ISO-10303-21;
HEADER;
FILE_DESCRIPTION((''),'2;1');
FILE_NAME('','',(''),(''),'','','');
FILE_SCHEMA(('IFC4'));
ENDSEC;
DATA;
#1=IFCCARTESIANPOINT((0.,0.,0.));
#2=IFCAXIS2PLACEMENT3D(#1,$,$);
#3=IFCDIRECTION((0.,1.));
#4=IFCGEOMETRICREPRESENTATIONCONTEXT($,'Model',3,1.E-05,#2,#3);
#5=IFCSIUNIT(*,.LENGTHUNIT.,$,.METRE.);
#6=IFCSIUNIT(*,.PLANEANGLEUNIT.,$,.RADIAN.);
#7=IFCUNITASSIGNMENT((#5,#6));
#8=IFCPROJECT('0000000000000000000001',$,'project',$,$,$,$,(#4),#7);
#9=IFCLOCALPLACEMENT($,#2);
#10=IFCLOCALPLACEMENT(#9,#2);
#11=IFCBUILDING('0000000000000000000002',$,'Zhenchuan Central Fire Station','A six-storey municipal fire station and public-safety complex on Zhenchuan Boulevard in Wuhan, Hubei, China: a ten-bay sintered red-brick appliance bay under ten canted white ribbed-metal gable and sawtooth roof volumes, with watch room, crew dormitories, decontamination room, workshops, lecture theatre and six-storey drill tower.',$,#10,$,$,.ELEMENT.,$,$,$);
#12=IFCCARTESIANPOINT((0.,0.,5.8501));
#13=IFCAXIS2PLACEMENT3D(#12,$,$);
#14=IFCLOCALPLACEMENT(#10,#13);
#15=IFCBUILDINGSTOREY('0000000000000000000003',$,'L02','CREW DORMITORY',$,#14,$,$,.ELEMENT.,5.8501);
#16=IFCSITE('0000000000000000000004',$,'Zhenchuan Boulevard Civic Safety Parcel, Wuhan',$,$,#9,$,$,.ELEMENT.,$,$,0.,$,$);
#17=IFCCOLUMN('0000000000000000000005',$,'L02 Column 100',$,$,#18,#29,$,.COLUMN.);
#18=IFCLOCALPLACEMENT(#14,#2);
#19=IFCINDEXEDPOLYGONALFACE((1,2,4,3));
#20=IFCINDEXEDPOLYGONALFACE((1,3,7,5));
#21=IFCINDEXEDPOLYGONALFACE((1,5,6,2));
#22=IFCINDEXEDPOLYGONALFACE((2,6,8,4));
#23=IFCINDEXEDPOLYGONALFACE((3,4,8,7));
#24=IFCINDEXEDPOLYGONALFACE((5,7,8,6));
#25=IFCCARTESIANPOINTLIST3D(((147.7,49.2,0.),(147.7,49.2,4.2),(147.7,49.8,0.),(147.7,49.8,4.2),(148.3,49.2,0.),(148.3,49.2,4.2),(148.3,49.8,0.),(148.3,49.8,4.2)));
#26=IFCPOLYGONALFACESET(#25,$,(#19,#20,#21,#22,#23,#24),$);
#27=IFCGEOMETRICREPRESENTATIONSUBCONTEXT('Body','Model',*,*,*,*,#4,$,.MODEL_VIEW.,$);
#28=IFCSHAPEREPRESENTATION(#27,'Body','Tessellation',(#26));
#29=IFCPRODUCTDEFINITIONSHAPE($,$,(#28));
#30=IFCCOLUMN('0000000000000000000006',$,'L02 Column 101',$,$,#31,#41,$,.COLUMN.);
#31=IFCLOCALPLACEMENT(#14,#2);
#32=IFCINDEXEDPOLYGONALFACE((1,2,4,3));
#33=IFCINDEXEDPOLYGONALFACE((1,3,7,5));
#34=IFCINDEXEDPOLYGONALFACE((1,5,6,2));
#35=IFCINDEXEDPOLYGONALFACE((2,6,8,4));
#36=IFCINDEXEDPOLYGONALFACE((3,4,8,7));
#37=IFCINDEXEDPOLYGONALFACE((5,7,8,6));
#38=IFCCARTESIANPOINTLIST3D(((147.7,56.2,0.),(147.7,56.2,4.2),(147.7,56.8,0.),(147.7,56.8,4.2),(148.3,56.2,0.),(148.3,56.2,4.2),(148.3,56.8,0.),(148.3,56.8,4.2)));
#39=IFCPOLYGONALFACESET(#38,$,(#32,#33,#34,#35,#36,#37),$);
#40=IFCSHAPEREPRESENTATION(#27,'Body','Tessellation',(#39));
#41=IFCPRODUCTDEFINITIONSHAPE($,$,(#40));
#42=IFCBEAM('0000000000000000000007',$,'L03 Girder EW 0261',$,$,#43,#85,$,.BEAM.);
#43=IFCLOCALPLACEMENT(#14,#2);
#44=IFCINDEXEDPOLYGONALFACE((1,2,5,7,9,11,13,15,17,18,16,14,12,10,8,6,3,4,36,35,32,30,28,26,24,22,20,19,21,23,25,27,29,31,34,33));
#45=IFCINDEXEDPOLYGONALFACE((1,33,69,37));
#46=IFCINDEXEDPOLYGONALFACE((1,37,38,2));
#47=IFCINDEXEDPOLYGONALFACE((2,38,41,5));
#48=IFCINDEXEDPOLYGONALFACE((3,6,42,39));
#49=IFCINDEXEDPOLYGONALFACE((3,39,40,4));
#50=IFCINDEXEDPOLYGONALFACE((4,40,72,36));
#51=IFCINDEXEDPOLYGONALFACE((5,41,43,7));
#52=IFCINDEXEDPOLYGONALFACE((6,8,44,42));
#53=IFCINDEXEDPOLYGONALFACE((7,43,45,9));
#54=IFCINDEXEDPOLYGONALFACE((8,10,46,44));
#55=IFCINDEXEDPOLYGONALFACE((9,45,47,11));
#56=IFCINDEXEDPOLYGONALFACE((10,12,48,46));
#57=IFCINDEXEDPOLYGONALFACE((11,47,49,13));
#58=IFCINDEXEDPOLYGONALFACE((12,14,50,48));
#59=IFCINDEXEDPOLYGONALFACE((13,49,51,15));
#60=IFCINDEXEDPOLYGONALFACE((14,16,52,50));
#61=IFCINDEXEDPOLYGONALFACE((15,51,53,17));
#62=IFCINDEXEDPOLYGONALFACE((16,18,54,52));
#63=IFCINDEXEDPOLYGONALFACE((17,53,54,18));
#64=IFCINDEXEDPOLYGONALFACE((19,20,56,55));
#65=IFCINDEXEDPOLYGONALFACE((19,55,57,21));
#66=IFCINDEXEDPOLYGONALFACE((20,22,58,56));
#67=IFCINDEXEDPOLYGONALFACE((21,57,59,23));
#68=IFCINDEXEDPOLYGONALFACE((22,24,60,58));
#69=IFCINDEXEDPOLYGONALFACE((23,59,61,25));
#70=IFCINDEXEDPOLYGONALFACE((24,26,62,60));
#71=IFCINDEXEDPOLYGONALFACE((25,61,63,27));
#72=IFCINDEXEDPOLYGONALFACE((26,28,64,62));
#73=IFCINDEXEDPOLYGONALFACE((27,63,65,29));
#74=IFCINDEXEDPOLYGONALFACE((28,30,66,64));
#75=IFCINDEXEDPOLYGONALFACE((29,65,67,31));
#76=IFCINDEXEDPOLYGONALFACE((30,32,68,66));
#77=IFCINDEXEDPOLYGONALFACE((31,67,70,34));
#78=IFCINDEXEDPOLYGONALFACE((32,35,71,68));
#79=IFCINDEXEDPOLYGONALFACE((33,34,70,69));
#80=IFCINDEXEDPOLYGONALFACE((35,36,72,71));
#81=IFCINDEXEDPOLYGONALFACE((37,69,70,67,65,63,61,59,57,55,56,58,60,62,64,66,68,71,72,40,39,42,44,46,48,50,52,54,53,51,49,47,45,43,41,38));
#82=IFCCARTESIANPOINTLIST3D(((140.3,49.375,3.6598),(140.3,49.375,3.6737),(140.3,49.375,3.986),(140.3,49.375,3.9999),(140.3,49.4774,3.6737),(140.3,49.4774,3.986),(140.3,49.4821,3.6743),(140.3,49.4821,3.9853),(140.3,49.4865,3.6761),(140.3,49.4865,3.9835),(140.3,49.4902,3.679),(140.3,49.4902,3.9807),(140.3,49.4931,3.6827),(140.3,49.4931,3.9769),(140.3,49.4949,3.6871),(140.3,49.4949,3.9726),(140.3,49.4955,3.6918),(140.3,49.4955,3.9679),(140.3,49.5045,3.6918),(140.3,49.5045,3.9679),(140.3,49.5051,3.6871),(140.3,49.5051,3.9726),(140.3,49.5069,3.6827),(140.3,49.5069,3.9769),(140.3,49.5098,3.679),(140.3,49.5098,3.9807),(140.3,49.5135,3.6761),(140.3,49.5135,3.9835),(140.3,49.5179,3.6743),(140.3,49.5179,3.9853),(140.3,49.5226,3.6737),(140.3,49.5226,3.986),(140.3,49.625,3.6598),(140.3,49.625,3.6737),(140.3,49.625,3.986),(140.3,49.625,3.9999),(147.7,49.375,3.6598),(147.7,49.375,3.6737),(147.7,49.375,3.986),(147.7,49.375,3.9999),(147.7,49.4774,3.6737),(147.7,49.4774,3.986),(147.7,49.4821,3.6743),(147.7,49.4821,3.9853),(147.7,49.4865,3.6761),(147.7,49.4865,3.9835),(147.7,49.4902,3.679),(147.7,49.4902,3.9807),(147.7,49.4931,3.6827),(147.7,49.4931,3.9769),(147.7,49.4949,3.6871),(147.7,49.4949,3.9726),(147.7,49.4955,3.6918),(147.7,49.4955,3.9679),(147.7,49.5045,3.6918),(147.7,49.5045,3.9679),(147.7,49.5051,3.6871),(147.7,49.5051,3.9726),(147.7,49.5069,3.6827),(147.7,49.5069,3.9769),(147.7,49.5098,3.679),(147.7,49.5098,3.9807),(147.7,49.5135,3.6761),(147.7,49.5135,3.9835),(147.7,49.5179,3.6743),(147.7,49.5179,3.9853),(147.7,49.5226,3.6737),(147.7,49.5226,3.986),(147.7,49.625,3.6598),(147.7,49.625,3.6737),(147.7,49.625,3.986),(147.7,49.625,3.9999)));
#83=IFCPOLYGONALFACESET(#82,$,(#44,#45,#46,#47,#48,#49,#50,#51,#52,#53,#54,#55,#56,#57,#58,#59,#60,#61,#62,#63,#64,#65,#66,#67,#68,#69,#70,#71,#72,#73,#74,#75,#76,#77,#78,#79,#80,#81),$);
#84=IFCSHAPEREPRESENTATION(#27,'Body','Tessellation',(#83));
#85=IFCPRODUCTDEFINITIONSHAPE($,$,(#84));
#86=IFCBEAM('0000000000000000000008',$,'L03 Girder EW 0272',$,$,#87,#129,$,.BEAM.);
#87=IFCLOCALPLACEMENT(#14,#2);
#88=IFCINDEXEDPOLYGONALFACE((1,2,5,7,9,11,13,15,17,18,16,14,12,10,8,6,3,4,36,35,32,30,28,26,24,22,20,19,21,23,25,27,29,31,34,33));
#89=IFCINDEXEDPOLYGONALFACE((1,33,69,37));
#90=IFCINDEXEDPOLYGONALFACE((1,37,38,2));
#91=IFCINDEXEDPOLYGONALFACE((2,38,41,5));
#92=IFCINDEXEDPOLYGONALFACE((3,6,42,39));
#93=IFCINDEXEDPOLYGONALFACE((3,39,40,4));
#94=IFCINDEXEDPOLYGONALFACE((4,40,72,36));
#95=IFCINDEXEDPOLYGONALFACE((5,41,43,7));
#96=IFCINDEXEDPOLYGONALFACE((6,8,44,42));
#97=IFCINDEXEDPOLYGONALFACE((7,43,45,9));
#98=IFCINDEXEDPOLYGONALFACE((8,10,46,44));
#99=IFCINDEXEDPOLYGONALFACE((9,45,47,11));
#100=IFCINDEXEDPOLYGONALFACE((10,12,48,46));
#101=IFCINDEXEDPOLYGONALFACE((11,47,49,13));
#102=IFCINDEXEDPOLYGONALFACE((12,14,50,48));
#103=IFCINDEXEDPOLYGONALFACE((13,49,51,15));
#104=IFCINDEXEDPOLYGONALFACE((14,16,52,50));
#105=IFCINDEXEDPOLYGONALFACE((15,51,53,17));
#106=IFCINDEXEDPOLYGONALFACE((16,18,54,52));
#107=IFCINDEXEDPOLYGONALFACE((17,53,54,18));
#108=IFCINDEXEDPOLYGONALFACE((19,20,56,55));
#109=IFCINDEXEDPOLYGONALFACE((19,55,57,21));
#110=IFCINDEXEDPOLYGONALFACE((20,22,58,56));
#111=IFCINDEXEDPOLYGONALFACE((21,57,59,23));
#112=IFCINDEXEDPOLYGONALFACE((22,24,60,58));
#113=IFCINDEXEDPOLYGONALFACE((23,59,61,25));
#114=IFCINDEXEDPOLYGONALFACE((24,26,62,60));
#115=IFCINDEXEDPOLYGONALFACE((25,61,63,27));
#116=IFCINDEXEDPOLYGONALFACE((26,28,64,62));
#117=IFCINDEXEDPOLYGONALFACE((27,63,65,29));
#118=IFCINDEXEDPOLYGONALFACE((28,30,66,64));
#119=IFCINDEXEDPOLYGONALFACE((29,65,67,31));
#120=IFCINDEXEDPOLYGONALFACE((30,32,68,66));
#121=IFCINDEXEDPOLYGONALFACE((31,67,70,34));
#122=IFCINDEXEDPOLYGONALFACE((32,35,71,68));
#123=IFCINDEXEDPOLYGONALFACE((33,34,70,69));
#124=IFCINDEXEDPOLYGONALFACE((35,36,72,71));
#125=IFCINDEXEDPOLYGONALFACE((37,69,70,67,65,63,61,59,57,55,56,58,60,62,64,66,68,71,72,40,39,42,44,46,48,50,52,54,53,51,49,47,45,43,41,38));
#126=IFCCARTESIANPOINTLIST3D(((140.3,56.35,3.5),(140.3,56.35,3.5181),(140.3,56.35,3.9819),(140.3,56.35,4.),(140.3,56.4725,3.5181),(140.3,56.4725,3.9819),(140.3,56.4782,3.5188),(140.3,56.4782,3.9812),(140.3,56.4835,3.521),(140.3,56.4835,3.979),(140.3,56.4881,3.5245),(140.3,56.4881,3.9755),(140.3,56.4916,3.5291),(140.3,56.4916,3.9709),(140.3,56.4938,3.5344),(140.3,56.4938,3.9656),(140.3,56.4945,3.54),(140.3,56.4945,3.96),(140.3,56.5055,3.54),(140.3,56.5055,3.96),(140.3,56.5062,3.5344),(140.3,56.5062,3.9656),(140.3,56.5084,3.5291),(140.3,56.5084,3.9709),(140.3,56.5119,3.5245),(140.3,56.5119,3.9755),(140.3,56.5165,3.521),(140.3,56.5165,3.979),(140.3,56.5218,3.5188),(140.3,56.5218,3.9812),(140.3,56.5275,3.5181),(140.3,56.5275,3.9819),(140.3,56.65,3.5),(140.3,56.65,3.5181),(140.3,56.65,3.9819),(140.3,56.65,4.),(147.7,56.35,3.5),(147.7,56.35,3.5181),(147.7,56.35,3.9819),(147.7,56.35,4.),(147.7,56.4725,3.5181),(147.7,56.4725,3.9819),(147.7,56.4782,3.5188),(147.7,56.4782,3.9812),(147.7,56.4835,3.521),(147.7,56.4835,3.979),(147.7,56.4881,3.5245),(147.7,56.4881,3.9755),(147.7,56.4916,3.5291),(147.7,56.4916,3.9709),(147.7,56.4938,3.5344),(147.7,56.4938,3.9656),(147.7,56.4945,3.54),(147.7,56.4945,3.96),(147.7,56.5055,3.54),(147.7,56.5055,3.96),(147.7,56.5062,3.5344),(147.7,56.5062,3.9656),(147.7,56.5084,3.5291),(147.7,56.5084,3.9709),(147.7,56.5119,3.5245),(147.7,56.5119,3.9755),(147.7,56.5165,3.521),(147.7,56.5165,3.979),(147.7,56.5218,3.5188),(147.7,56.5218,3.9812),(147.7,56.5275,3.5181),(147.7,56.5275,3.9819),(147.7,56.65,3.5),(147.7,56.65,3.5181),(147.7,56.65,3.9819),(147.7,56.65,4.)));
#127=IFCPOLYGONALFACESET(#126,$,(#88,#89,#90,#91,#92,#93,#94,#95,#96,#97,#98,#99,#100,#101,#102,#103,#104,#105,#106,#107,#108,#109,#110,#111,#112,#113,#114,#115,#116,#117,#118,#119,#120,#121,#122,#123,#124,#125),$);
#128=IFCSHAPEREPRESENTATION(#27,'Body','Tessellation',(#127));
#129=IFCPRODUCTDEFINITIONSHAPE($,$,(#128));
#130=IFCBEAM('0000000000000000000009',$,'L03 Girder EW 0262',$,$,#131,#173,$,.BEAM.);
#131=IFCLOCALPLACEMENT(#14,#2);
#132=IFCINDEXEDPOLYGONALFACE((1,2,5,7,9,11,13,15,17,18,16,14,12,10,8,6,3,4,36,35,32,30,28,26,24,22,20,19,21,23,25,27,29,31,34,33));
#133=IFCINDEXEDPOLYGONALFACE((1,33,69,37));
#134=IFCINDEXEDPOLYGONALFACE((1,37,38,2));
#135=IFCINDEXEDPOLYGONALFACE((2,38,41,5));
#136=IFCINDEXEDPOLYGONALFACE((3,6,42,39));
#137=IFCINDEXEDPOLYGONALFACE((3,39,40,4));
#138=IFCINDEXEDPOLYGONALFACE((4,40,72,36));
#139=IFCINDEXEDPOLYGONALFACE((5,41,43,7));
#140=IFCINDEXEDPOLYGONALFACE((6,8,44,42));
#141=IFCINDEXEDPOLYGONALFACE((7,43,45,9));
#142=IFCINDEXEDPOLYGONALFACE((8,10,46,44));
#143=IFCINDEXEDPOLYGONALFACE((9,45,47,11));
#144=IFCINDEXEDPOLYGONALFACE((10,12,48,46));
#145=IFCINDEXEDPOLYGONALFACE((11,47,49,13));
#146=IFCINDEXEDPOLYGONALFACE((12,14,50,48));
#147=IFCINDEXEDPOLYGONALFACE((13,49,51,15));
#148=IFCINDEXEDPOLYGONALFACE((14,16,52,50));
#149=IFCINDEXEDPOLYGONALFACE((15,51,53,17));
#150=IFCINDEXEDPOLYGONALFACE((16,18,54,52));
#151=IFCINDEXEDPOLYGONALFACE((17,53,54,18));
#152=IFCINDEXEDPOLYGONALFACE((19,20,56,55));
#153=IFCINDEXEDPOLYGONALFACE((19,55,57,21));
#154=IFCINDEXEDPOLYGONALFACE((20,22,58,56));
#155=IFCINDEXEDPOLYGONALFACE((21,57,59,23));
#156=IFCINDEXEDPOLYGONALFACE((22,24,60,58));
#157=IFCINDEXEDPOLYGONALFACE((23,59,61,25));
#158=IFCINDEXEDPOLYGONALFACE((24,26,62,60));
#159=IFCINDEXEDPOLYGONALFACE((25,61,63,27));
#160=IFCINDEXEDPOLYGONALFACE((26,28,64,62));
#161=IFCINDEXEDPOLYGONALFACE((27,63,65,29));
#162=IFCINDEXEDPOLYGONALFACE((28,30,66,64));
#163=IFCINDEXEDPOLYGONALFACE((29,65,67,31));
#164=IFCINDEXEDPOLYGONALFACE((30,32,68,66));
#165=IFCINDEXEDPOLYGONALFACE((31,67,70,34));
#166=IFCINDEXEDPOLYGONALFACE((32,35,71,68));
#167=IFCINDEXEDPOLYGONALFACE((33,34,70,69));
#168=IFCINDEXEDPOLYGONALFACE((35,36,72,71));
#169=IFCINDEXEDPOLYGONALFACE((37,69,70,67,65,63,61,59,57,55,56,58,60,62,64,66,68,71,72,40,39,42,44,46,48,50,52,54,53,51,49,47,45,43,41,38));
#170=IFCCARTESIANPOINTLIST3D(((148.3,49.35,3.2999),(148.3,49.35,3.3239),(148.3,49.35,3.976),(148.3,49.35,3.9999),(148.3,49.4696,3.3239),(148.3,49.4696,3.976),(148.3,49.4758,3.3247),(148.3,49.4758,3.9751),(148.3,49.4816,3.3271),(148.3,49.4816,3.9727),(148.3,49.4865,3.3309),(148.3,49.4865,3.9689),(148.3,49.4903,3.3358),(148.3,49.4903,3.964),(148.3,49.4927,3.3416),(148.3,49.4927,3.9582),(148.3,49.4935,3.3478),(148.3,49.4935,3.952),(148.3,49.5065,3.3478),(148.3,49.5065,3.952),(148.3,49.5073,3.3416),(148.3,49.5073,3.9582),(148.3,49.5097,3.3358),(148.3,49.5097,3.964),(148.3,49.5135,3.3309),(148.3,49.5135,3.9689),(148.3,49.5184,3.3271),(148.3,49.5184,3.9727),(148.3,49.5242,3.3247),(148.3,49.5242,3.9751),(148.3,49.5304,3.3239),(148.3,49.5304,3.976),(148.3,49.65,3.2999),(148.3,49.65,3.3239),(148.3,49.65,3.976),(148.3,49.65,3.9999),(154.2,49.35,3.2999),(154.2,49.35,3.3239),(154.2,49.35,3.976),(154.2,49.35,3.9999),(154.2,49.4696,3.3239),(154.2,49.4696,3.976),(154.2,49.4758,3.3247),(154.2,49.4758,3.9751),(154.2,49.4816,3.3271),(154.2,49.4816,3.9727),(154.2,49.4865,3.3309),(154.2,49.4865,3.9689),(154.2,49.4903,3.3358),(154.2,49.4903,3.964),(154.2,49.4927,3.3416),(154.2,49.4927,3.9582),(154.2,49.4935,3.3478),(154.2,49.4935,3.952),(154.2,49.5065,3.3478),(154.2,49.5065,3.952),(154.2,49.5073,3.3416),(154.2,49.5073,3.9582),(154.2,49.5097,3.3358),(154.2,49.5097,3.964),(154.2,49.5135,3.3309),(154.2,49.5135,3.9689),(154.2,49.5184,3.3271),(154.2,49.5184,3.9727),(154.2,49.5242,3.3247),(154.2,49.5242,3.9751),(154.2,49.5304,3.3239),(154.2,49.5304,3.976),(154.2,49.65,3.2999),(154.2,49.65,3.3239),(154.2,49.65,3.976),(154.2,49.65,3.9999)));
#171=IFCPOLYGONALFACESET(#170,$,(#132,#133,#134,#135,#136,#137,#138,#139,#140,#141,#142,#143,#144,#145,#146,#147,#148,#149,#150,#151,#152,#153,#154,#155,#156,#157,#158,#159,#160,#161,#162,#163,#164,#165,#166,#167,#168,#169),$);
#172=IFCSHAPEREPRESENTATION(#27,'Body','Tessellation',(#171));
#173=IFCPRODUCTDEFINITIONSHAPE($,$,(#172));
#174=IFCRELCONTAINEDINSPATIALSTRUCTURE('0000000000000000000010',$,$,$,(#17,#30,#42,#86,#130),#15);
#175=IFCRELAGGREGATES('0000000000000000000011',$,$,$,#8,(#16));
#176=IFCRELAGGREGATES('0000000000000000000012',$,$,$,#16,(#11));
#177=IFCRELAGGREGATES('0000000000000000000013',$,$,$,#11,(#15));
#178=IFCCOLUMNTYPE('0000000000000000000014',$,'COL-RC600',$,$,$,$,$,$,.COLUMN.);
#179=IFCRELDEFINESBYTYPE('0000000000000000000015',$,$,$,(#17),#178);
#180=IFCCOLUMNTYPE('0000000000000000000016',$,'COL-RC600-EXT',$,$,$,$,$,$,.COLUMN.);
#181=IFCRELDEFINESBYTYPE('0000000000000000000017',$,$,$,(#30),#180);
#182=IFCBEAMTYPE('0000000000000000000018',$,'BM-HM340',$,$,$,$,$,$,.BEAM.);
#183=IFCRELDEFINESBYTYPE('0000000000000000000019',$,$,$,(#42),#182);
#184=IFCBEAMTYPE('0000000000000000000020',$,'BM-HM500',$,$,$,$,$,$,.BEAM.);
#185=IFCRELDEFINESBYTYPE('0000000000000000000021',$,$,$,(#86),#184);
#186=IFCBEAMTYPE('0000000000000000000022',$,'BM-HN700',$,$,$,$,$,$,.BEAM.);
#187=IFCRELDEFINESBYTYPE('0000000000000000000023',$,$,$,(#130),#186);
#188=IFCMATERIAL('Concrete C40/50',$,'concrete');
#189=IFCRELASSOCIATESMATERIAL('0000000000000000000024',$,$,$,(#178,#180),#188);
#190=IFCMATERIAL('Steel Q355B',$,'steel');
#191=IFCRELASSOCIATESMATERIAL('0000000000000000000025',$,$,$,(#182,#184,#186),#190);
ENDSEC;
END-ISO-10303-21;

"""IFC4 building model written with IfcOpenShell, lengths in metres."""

from ifc_helpers import new_model, si_unit, direction, frame, origin, origin_2d, place, context, subcontext, project, spatial, rectangle, i_section, extrude, material, material_profile, profile_set, type_object, element, save


model = new_model("IFC4")

# Units and contexts
model_context = context("Model", 3, precision=1e-05, world=origin(), true_north=direction((0.0, 1.0)))
body_context = subcontext(model_context, "Body", "Model", "MODEL_VIEW")
ifc_project = project(units=[si_unit("LENGTHUNIT", "METRE"), si_unit("PLANEANGLEUNIT", "RADIAN")], contexts=[model_context])

# Site, building, storey
site_placement = place(None, origin())
site = spatial("IfcSite", under=ifc_project, at=site_placement, Name="Zhenchuan Boulevard Civic Safety Parcel, Wuhan", CompositionType="ELEMENT", RefElevation=0.0)
building_placement = place(site_placement, origin())
building = spatial("IfcBuilding", under=site, at=building_placement, Name="Zhenchuan Central Fire Station", Description="A six-storey municipal fire station and public-safety complex on Zhenchuan Boulevard in Wuhan, Hubei, China: a ten-bay sintered red-brick appliance bay under ten canted white ribbed-metal gable and sawtooth roof volumes, with watch room, crew dormitories, decontamination room, workshops, lecture theatre and six-storey drill tower.", CompositionType="ELEMENT")
storey_placement = place(building_placement, frame((0.0, 0.0, 5.8501)))
storey = spatial("IfcBuildingStorey", under=building, at=storey_placement, Name="L02", Description="CREW DORMITORY", CompositionType="ELEMENT", Elevation=5.8501)

# Columns
ifc_material_1 = material(Name="Concrete C40/50", Category="concrete")
ifc_material_profile_1 = material_profile(ifc_material_1, rectangle(XDim=0.6001, YDim=0.6001, at=origin_2d()), Name="RC 600x600")
ifc_profile_set_1 = profile_set([ifc_material_profile_1], Name="Concrete C40/50")
column_type_1 = type_object("IfcColumnType", Name="COL-RC600", PredefinedType="COLUMN", material=ifc_profile_set_1)
column_1_placement = place(storey_placement, frame((148.0, 49.5, 0.0), z_axis=(0.0, 0.0, 1.0), x_axis=(1.0, 0.0, 0.0)))
element("IfcColumn", 1, at=column_1_placement, inside=storey, type_object=column_type_1, Name="L02 Column 100", PredefinedType="COLUMN", context=body_context, shape_type="SweptSolid", body=[
    extrude(rectangle(XDim=0.6001, YDim=0.6001, at=origin_2d()), origin(), (0.0, 0.0, 1.0), 4.2),
])
ifc_material_profile_2 = material_profile(ifc_material_1, rectangle(XDim=0.6001, YDim=0.6001, at=origin_2d()), Name="RC 600x600")
ifc_profile_set_2 = profile_set([ifc_material_profile_2], Name="Concrete C40/50")
column_type_2 = type_object("IfcColumnType", Name="COL-RC600-EXT", PredefinedType="COLUMN", material=ifc_profile_set_2)
column_2_placement = place(storey_placement, frame((148.0, 56.5, 0.0), z_axis=(0.0, 0.0, 1.0), x_axis=(1.0, 0.0, 0.0)))
element("IfcColumn", 2, at=column_2_placement, inside=storey, type_object=column_type_2, Name="L02 Column 101", PredefinedType="COLUMN", context=body_context, shape_type="SweptSolid", body=[
    extrude(rectangle(XDim=0.6001, YDim=0.6001, at=origin_2d()), origin(), (0.0, 0.0, 1.0), 4.2),
])

# Beams
ifc_material_2 = material(Name="Steel Q355B", Category="steel")
ifc_material_profile_3 = material_profile(ifc_material_2, i_section(OverallWidth=0.25, OverallDepth=0.3401, WebThickness=0.009, FlangeThickness=0.0139, FilletRadius=0.0181, at=origin_2d()), Name="HM 340x250")
ifc_profile_set_3 = profile_set([ifc_material_profile_3], Name="Steel Q355B")
beam_type_1 = type_object("IfcBeamType", Name="BM-HM340", PredefinedType="BEAM", material=ifc_profile_set_3)
beam_1_placement = place(storey_placement, frame((140.3, 49.5, 3.8298), z_axis=(1.0, 0.0, 0.0), x_axis=(0.0, 1.0, 0.0)))
element("IfcBeam", 3, at=beam_1_placement, inside=storey, type_object=beam_type_1, Name="L03 Girder EW 0261", PredefinedType="BEAM", context=body_context, shape_type="SweptSolid", body=[
    extrude(i_section(OverallWidth=0.25, OverallDepth=0.3401, WebThickness=0.009, FlangeThickness=0.0139, FilletRadius=0.0181, at=origin_2d()), origin(), (0.0, 0.0, 1.0), 7.3999),
])
ifc_material_profile_4 = material_profile(ifc_material_2, i_section(OverallWidth=0.3, OverallDepth=0.5, WebThickness=0.011, FlangeThickness=0.0181, FilletRadius=0.022, at=origin_2d()), Name="HM 500x300")
ifc_profile_set_4 = profile_set([ifc_material_profile_4], Name="Steel Q355B")
beam_type_2 = type_object("IfcBeamType", Name="BM-HM500", PredefinedType="BEAM", material=ifc_profile_set_4)
beam_2_placement = place(storey_placement, frame((140.3, 56.5, 3.75), z_axis=(1.0, 0.0, 0.0), x_axis=(0.0, 1.0, 0.0)))
element("IfcBeam", 4, at=beam_2_placement, inside=storey, type_object=beam_type_2, Name="L03 Girder EW 0272", PredefinedType="BEAM", context=body_context, shape_type="SweptSolid", body=[
    extrude(i_section(OverallWidth=0.3, OverallDepth=0.5, WebThickness=0.011, FlangeThickness=0.0181, FilletRadius=0.022, at=origin_2d()), origin(), (0.0, 0.0, 1.0), 7.3999),
])
ifc_material_profile_5 = material_profile(ifc_material_2, i_section(OverallWidth=0.3, OverallDepth=0.7, WebThickness=0.0129, FlangeThickness=0.0239, FilletRadius=0.0239, at=origin_2d()), Name="HN 700x300")
ifc_profile_set_5 = profile_set([ifc_material_profile_5], Name="Steel Q355B")
beam_type_3 = type_object("IfcBeamType", Name="BM-HN700", PredefinedType="BEAM", material=ifc_profile_set_5)
beam_3_placement = place(storey_placement, frame((148.3, 49.5, 3.6499), z_axis=(1.0, 0.0, 0.0), x_axis=(0.0, 1.0, 0.0)))
element("IfcBeam", 5, at=beam_3_placement, inside=storey, type_object=beam_type_3, Name="L03 Girder EW 0262", PredefinedType="BEAM", context=body_context, shape_type="SweptSolid", body=[
    extrude(i_section(OverallWidth=0.3, OverallDepth=0.7, WebThickness=0.0129, FlangeThickness=0.0239, FilletRadius=0.0239, at=origin_2d()), origin(), (0.0, 0.0, 1.0), 5.8999),
])

save(model, "model.ifc")
